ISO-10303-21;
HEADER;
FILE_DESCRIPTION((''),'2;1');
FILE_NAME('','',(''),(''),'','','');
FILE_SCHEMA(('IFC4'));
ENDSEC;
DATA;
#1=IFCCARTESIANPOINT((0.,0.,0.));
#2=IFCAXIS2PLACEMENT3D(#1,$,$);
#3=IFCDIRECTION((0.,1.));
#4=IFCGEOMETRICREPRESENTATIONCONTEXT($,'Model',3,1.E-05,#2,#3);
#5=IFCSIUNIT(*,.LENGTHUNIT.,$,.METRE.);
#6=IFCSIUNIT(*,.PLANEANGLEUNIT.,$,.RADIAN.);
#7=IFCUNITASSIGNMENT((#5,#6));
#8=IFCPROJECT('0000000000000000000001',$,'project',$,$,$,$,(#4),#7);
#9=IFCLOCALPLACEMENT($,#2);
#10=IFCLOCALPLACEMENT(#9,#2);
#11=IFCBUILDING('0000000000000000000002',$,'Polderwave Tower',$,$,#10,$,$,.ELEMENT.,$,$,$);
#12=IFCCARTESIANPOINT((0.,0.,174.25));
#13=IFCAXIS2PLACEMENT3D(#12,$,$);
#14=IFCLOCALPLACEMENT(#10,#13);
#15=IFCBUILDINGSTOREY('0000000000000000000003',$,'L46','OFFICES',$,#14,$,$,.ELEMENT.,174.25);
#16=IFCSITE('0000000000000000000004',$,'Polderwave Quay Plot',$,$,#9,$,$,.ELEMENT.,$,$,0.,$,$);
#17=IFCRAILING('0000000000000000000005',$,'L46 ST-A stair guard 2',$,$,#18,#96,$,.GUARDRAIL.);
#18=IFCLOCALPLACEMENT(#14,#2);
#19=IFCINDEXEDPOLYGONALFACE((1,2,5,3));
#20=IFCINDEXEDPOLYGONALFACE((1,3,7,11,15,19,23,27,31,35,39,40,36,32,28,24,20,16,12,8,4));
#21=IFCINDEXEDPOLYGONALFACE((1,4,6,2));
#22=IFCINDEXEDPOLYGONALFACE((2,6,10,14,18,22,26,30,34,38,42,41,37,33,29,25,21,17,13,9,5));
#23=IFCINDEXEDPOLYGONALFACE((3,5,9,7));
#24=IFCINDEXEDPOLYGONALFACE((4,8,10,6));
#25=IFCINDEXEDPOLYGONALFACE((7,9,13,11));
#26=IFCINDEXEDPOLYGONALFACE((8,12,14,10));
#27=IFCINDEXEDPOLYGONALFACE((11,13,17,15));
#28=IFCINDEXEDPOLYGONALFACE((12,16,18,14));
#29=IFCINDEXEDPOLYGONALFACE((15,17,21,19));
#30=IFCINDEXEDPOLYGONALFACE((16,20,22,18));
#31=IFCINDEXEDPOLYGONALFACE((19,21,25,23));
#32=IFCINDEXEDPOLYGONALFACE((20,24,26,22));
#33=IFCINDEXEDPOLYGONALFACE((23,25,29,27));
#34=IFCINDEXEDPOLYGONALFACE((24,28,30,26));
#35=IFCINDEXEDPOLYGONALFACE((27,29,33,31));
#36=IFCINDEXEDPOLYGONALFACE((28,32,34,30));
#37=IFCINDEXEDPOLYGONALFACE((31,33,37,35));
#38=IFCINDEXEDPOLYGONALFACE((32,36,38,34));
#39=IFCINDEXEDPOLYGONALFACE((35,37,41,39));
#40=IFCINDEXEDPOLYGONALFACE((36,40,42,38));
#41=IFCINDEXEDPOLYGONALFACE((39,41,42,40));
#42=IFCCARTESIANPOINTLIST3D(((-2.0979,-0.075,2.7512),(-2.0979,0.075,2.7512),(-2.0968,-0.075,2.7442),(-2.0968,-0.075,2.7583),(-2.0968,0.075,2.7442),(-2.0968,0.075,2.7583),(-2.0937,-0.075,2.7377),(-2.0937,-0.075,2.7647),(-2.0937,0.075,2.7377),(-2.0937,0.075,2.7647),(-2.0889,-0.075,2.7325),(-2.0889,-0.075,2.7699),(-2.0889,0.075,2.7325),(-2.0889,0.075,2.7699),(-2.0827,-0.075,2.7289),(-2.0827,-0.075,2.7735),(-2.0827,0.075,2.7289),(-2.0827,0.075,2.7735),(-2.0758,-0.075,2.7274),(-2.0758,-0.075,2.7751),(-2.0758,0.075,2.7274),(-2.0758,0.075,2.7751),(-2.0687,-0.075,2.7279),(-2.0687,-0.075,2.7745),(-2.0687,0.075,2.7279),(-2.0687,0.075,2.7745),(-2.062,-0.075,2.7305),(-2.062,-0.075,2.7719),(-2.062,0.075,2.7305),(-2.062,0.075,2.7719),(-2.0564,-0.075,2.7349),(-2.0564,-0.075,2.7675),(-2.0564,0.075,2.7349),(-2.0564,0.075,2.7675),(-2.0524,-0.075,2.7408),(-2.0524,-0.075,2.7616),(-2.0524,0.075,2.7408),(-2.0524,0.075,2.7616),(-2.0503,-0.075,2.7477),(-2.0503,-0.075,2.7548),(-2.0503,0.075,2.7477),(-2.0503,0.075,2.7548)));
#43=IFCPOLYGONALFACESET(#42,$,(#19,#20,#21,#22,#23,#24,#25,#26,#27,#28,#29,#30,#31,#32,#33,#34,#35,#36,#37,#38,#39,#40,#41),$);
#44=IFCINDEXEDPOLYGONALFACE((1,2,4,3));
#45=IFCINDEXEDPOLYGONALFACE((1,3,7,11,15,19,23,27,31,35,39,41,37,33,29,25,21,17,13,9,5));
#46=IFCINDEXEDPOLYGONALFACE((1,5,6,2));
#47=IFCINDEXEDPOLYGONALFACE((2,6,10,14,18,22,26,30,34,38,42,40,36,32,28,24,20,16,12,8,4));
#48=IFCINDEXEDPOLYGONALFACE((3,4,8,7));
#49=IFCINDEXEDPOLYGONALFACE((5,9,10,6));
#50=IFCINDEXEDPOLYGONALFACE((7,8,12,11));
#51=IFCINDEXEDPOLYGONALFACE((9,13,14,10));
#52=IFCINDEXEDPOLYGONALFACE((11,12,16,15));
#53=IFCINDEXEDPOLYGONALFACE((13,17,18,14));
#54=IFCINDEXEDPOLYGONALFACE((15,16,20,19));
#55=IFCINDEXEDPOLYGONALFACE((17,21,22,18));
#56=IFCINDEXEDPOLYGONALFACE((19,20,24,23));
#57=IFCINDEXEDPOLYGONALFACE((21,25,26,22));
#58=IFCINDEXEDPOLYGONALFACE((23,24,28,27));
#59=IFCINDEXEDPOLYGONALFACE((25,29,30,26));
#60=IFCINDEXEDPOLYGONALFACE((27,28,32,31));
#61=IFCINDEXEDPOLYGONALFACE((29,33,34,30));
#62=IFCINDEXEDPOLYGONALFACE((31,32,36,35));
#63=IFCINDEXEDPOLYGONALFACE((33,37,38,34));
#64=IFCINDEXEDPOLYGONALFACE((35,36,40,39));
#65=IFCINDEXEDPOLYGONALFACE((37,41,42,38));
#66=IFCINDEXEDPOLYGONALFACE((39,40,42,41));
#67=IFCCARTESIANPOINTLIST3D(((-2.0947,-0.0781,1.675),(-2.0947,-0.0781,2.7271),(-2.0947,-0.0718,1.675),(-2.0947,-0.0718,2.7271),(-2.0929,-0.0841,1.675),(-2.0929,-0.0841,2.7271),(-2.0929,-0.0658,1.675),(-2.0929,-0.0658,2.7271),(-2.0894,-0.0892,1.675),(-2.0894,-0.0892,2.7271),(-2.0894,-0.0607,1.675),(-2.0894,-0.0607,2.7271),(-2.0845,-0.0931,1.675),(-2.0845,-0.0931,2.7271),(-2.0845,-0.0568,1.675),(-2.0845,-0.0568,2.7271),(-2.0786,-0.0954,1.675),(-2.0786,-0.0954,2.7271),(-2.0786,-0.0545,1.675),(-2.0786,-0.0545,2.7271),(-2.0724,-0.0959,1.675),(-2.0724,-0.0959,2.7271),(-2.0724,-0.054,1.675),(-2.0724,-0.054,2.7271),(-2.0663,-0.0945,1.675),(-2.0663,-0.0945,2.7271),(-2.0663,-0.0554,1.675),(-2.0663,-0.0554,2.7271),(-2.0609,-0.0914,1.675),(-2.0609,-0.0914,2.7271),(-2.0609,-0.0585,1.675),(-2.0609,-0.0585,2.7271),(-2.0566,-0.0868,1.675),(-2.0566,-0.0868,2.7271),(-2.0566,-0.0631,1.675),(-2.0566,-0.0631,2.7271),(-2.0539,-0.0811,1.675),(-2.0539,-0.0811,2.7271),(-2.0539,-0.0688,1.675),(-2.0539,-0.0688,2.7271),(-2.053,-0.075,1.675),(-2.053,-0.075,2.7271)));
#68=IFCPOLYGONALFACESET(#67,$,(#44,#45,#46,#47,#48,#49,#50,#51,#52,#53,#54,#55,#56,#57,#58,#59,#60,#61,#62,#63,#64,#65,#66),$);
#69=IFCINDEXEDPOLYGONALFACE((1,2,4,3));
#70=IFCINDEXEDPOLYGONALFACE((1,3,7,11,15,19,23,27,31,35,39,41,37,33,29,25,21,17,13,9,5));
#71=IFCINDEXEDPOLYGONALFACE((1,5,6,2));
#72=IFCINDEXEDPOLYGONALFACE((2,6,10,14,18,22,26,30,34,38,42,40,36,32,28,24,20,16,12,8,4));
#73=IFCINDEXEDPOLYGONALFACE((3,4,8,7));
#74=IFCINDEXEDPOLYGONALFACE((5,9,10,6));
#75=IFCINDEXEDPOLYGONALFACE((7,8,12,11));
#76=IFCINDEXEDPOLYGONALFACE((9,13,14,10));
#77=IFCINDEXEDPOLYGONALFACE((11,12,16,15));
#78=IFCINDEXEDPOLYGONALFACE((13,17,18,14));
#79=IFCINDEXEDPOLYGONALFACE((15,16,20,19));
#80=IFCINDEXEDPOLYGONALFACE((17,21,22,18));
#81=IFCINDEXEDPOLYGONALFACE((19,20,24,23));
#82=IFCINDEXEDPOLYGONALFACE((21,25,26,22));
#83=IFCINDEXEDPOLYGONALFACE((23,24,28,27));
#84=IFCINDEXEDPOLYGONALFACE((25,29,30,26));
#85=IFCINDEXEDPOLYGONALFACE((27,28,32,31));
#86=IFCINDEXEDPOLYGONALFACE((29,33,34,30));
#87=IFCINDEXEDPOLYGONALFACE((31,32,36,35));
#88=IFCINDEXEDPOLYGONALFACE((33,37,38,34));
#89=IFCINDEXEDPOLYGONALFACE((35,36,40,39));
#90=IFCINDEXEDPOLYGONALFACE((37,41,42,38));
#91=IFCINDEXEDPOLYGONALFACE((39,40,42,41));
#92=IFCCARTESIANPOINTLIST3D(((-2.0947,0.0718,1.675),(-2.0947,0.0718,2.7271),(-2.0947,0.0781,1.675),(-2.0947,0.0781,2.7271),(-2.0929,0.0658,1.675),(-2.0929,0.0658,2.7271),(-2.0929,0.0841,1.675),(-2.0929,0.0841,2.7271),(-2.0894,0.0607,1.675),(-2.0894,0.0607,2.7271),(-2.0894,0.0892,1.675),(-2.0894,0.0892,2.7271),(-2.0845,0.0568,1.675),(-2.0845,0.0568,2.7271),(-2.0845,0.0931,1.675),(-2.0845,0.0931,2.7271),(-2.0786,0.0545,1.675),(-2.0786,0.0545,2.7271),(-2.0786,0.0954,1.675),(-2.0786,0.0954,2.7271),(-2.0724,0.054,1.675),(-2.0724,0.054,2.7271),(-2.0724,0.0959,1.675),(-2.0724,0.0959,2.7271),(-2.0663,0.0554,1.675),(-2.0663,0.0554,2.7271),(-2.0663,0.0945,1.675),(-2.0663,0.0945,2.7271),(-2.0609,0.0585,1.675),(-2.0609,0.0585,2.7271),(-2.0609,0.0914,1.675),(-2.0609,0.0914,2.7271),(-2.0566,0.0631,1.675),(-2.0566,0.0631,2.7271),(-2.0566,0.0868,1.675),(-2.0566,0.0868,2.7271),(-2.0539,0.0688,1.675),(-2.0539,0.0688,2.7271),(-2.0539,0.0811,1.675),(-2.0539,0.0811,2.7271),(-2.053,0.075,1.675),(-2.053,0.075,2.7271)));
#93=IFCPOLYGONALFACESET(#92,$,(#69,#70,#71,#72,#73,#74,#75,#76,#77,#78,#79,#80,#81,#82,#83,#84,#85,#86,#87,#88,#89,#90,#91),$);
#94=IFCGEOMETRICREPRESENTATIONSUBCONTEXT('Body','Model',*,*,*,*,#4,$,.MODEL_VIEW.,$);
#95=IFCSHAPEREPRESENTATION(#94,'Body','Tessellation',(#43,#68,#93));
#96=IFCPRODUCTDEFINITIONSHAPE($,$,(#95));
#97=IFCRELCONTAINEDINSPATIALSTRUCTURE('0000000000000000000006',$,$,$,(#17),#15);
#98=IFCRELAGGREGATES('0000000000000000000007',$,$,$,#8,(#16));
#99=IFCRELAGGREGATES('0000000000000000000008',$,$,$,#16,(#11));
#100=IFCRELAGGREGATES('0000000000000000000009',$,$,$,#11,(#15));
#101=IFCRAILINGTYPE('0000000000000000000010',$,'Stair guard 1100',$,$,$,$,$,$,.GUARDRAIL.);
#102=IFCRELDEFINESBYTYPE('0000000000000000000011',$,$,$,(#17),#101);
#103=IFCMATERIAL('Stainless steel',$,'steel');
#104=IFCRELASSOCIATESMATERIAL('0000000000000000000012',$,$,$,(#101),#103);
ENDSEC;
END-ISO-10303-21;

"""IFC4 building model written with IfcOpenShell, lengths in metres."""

from ifc_helpers import new_model, si_unit, direction, frame, origin, origin_2d, place, context, subcontext, project, spatial, circle, extrude, material, type_object, element, save


model = new_model("IFC4")

# Units and contexts
model_context = context("Model", 3, precision=1e-05, world=origin(), true_north=direction((0.0, 1.0)))
body_context = subcontext(model_context, "Body", "Model", "MODEL_VIEW")
ifc_project = project(units=[si_unit("LENGTHUNIT", "METRE"), si_unit("PLANEANGLEUNIT", "RADIAN")], contexts=[model_context])

# Site, building, storey
site_placement = place(None, origin())
site = spatial("IfcSite", under=ifc_project, at=site_placement, Name="Polderwave Quay Plot", CompositionType="ELEMENT", RefElevation=0.0)
building_placement = place(site_placement, origin())
building = spatial("IfcBuilding", under=site, at=building_placement, Name="Polderwave Tower", CompositionType="ELEMENT")
storey_placement = place(building_placement, frame((0.0, 0.0, 174.25)))
storey = spatial("IfcBuildingStorey", under=building, at=storey_placement, Name="L46", Description="OFFICES", CompositionType="ELEMENT", Elevation=174.25)

# Railing
ifc_material_1 = material(Name="Stainless steel", Category="steel")
railing_type = type_object("IfcRailingType", Name="Stair guard 1100", PredefinedType="GUARDRAIL", material=ifc_material_1)
railing_1_placement = place(storey_placement, frame((-2.074, -0.075, 1.675)))
element("IfcRailing", 1, at=railing_1_placement, inside=storey, type_object=railing_type, Name="L46 ST-A stair guard 2", PredefinedType="GUARDRAIL", context=body_context, shape_type="SweptSolid", body=[
    extrude(circle(Radius=0.0239, at=origin_2d()), frame((0.0, 0.0, 1.0762), z_axis=(0.0, 1.0, 0.0), x_axis=(-1.0, 0.0, 0.0)), (0.0, 0.0, 1.0), 0.1499),
    extrude(circle(Radius=0.021, at=origin_2d()), origin(), (0.0, 0.0, 1.0), 1.052),
    extrude(circle(Radius=0.021, at=origin_2d()), frame((0.0, 0.1499, 0.0)), (0.0, 0.0, 1.0), 1.052),
])

save(model, "model.ifc")
